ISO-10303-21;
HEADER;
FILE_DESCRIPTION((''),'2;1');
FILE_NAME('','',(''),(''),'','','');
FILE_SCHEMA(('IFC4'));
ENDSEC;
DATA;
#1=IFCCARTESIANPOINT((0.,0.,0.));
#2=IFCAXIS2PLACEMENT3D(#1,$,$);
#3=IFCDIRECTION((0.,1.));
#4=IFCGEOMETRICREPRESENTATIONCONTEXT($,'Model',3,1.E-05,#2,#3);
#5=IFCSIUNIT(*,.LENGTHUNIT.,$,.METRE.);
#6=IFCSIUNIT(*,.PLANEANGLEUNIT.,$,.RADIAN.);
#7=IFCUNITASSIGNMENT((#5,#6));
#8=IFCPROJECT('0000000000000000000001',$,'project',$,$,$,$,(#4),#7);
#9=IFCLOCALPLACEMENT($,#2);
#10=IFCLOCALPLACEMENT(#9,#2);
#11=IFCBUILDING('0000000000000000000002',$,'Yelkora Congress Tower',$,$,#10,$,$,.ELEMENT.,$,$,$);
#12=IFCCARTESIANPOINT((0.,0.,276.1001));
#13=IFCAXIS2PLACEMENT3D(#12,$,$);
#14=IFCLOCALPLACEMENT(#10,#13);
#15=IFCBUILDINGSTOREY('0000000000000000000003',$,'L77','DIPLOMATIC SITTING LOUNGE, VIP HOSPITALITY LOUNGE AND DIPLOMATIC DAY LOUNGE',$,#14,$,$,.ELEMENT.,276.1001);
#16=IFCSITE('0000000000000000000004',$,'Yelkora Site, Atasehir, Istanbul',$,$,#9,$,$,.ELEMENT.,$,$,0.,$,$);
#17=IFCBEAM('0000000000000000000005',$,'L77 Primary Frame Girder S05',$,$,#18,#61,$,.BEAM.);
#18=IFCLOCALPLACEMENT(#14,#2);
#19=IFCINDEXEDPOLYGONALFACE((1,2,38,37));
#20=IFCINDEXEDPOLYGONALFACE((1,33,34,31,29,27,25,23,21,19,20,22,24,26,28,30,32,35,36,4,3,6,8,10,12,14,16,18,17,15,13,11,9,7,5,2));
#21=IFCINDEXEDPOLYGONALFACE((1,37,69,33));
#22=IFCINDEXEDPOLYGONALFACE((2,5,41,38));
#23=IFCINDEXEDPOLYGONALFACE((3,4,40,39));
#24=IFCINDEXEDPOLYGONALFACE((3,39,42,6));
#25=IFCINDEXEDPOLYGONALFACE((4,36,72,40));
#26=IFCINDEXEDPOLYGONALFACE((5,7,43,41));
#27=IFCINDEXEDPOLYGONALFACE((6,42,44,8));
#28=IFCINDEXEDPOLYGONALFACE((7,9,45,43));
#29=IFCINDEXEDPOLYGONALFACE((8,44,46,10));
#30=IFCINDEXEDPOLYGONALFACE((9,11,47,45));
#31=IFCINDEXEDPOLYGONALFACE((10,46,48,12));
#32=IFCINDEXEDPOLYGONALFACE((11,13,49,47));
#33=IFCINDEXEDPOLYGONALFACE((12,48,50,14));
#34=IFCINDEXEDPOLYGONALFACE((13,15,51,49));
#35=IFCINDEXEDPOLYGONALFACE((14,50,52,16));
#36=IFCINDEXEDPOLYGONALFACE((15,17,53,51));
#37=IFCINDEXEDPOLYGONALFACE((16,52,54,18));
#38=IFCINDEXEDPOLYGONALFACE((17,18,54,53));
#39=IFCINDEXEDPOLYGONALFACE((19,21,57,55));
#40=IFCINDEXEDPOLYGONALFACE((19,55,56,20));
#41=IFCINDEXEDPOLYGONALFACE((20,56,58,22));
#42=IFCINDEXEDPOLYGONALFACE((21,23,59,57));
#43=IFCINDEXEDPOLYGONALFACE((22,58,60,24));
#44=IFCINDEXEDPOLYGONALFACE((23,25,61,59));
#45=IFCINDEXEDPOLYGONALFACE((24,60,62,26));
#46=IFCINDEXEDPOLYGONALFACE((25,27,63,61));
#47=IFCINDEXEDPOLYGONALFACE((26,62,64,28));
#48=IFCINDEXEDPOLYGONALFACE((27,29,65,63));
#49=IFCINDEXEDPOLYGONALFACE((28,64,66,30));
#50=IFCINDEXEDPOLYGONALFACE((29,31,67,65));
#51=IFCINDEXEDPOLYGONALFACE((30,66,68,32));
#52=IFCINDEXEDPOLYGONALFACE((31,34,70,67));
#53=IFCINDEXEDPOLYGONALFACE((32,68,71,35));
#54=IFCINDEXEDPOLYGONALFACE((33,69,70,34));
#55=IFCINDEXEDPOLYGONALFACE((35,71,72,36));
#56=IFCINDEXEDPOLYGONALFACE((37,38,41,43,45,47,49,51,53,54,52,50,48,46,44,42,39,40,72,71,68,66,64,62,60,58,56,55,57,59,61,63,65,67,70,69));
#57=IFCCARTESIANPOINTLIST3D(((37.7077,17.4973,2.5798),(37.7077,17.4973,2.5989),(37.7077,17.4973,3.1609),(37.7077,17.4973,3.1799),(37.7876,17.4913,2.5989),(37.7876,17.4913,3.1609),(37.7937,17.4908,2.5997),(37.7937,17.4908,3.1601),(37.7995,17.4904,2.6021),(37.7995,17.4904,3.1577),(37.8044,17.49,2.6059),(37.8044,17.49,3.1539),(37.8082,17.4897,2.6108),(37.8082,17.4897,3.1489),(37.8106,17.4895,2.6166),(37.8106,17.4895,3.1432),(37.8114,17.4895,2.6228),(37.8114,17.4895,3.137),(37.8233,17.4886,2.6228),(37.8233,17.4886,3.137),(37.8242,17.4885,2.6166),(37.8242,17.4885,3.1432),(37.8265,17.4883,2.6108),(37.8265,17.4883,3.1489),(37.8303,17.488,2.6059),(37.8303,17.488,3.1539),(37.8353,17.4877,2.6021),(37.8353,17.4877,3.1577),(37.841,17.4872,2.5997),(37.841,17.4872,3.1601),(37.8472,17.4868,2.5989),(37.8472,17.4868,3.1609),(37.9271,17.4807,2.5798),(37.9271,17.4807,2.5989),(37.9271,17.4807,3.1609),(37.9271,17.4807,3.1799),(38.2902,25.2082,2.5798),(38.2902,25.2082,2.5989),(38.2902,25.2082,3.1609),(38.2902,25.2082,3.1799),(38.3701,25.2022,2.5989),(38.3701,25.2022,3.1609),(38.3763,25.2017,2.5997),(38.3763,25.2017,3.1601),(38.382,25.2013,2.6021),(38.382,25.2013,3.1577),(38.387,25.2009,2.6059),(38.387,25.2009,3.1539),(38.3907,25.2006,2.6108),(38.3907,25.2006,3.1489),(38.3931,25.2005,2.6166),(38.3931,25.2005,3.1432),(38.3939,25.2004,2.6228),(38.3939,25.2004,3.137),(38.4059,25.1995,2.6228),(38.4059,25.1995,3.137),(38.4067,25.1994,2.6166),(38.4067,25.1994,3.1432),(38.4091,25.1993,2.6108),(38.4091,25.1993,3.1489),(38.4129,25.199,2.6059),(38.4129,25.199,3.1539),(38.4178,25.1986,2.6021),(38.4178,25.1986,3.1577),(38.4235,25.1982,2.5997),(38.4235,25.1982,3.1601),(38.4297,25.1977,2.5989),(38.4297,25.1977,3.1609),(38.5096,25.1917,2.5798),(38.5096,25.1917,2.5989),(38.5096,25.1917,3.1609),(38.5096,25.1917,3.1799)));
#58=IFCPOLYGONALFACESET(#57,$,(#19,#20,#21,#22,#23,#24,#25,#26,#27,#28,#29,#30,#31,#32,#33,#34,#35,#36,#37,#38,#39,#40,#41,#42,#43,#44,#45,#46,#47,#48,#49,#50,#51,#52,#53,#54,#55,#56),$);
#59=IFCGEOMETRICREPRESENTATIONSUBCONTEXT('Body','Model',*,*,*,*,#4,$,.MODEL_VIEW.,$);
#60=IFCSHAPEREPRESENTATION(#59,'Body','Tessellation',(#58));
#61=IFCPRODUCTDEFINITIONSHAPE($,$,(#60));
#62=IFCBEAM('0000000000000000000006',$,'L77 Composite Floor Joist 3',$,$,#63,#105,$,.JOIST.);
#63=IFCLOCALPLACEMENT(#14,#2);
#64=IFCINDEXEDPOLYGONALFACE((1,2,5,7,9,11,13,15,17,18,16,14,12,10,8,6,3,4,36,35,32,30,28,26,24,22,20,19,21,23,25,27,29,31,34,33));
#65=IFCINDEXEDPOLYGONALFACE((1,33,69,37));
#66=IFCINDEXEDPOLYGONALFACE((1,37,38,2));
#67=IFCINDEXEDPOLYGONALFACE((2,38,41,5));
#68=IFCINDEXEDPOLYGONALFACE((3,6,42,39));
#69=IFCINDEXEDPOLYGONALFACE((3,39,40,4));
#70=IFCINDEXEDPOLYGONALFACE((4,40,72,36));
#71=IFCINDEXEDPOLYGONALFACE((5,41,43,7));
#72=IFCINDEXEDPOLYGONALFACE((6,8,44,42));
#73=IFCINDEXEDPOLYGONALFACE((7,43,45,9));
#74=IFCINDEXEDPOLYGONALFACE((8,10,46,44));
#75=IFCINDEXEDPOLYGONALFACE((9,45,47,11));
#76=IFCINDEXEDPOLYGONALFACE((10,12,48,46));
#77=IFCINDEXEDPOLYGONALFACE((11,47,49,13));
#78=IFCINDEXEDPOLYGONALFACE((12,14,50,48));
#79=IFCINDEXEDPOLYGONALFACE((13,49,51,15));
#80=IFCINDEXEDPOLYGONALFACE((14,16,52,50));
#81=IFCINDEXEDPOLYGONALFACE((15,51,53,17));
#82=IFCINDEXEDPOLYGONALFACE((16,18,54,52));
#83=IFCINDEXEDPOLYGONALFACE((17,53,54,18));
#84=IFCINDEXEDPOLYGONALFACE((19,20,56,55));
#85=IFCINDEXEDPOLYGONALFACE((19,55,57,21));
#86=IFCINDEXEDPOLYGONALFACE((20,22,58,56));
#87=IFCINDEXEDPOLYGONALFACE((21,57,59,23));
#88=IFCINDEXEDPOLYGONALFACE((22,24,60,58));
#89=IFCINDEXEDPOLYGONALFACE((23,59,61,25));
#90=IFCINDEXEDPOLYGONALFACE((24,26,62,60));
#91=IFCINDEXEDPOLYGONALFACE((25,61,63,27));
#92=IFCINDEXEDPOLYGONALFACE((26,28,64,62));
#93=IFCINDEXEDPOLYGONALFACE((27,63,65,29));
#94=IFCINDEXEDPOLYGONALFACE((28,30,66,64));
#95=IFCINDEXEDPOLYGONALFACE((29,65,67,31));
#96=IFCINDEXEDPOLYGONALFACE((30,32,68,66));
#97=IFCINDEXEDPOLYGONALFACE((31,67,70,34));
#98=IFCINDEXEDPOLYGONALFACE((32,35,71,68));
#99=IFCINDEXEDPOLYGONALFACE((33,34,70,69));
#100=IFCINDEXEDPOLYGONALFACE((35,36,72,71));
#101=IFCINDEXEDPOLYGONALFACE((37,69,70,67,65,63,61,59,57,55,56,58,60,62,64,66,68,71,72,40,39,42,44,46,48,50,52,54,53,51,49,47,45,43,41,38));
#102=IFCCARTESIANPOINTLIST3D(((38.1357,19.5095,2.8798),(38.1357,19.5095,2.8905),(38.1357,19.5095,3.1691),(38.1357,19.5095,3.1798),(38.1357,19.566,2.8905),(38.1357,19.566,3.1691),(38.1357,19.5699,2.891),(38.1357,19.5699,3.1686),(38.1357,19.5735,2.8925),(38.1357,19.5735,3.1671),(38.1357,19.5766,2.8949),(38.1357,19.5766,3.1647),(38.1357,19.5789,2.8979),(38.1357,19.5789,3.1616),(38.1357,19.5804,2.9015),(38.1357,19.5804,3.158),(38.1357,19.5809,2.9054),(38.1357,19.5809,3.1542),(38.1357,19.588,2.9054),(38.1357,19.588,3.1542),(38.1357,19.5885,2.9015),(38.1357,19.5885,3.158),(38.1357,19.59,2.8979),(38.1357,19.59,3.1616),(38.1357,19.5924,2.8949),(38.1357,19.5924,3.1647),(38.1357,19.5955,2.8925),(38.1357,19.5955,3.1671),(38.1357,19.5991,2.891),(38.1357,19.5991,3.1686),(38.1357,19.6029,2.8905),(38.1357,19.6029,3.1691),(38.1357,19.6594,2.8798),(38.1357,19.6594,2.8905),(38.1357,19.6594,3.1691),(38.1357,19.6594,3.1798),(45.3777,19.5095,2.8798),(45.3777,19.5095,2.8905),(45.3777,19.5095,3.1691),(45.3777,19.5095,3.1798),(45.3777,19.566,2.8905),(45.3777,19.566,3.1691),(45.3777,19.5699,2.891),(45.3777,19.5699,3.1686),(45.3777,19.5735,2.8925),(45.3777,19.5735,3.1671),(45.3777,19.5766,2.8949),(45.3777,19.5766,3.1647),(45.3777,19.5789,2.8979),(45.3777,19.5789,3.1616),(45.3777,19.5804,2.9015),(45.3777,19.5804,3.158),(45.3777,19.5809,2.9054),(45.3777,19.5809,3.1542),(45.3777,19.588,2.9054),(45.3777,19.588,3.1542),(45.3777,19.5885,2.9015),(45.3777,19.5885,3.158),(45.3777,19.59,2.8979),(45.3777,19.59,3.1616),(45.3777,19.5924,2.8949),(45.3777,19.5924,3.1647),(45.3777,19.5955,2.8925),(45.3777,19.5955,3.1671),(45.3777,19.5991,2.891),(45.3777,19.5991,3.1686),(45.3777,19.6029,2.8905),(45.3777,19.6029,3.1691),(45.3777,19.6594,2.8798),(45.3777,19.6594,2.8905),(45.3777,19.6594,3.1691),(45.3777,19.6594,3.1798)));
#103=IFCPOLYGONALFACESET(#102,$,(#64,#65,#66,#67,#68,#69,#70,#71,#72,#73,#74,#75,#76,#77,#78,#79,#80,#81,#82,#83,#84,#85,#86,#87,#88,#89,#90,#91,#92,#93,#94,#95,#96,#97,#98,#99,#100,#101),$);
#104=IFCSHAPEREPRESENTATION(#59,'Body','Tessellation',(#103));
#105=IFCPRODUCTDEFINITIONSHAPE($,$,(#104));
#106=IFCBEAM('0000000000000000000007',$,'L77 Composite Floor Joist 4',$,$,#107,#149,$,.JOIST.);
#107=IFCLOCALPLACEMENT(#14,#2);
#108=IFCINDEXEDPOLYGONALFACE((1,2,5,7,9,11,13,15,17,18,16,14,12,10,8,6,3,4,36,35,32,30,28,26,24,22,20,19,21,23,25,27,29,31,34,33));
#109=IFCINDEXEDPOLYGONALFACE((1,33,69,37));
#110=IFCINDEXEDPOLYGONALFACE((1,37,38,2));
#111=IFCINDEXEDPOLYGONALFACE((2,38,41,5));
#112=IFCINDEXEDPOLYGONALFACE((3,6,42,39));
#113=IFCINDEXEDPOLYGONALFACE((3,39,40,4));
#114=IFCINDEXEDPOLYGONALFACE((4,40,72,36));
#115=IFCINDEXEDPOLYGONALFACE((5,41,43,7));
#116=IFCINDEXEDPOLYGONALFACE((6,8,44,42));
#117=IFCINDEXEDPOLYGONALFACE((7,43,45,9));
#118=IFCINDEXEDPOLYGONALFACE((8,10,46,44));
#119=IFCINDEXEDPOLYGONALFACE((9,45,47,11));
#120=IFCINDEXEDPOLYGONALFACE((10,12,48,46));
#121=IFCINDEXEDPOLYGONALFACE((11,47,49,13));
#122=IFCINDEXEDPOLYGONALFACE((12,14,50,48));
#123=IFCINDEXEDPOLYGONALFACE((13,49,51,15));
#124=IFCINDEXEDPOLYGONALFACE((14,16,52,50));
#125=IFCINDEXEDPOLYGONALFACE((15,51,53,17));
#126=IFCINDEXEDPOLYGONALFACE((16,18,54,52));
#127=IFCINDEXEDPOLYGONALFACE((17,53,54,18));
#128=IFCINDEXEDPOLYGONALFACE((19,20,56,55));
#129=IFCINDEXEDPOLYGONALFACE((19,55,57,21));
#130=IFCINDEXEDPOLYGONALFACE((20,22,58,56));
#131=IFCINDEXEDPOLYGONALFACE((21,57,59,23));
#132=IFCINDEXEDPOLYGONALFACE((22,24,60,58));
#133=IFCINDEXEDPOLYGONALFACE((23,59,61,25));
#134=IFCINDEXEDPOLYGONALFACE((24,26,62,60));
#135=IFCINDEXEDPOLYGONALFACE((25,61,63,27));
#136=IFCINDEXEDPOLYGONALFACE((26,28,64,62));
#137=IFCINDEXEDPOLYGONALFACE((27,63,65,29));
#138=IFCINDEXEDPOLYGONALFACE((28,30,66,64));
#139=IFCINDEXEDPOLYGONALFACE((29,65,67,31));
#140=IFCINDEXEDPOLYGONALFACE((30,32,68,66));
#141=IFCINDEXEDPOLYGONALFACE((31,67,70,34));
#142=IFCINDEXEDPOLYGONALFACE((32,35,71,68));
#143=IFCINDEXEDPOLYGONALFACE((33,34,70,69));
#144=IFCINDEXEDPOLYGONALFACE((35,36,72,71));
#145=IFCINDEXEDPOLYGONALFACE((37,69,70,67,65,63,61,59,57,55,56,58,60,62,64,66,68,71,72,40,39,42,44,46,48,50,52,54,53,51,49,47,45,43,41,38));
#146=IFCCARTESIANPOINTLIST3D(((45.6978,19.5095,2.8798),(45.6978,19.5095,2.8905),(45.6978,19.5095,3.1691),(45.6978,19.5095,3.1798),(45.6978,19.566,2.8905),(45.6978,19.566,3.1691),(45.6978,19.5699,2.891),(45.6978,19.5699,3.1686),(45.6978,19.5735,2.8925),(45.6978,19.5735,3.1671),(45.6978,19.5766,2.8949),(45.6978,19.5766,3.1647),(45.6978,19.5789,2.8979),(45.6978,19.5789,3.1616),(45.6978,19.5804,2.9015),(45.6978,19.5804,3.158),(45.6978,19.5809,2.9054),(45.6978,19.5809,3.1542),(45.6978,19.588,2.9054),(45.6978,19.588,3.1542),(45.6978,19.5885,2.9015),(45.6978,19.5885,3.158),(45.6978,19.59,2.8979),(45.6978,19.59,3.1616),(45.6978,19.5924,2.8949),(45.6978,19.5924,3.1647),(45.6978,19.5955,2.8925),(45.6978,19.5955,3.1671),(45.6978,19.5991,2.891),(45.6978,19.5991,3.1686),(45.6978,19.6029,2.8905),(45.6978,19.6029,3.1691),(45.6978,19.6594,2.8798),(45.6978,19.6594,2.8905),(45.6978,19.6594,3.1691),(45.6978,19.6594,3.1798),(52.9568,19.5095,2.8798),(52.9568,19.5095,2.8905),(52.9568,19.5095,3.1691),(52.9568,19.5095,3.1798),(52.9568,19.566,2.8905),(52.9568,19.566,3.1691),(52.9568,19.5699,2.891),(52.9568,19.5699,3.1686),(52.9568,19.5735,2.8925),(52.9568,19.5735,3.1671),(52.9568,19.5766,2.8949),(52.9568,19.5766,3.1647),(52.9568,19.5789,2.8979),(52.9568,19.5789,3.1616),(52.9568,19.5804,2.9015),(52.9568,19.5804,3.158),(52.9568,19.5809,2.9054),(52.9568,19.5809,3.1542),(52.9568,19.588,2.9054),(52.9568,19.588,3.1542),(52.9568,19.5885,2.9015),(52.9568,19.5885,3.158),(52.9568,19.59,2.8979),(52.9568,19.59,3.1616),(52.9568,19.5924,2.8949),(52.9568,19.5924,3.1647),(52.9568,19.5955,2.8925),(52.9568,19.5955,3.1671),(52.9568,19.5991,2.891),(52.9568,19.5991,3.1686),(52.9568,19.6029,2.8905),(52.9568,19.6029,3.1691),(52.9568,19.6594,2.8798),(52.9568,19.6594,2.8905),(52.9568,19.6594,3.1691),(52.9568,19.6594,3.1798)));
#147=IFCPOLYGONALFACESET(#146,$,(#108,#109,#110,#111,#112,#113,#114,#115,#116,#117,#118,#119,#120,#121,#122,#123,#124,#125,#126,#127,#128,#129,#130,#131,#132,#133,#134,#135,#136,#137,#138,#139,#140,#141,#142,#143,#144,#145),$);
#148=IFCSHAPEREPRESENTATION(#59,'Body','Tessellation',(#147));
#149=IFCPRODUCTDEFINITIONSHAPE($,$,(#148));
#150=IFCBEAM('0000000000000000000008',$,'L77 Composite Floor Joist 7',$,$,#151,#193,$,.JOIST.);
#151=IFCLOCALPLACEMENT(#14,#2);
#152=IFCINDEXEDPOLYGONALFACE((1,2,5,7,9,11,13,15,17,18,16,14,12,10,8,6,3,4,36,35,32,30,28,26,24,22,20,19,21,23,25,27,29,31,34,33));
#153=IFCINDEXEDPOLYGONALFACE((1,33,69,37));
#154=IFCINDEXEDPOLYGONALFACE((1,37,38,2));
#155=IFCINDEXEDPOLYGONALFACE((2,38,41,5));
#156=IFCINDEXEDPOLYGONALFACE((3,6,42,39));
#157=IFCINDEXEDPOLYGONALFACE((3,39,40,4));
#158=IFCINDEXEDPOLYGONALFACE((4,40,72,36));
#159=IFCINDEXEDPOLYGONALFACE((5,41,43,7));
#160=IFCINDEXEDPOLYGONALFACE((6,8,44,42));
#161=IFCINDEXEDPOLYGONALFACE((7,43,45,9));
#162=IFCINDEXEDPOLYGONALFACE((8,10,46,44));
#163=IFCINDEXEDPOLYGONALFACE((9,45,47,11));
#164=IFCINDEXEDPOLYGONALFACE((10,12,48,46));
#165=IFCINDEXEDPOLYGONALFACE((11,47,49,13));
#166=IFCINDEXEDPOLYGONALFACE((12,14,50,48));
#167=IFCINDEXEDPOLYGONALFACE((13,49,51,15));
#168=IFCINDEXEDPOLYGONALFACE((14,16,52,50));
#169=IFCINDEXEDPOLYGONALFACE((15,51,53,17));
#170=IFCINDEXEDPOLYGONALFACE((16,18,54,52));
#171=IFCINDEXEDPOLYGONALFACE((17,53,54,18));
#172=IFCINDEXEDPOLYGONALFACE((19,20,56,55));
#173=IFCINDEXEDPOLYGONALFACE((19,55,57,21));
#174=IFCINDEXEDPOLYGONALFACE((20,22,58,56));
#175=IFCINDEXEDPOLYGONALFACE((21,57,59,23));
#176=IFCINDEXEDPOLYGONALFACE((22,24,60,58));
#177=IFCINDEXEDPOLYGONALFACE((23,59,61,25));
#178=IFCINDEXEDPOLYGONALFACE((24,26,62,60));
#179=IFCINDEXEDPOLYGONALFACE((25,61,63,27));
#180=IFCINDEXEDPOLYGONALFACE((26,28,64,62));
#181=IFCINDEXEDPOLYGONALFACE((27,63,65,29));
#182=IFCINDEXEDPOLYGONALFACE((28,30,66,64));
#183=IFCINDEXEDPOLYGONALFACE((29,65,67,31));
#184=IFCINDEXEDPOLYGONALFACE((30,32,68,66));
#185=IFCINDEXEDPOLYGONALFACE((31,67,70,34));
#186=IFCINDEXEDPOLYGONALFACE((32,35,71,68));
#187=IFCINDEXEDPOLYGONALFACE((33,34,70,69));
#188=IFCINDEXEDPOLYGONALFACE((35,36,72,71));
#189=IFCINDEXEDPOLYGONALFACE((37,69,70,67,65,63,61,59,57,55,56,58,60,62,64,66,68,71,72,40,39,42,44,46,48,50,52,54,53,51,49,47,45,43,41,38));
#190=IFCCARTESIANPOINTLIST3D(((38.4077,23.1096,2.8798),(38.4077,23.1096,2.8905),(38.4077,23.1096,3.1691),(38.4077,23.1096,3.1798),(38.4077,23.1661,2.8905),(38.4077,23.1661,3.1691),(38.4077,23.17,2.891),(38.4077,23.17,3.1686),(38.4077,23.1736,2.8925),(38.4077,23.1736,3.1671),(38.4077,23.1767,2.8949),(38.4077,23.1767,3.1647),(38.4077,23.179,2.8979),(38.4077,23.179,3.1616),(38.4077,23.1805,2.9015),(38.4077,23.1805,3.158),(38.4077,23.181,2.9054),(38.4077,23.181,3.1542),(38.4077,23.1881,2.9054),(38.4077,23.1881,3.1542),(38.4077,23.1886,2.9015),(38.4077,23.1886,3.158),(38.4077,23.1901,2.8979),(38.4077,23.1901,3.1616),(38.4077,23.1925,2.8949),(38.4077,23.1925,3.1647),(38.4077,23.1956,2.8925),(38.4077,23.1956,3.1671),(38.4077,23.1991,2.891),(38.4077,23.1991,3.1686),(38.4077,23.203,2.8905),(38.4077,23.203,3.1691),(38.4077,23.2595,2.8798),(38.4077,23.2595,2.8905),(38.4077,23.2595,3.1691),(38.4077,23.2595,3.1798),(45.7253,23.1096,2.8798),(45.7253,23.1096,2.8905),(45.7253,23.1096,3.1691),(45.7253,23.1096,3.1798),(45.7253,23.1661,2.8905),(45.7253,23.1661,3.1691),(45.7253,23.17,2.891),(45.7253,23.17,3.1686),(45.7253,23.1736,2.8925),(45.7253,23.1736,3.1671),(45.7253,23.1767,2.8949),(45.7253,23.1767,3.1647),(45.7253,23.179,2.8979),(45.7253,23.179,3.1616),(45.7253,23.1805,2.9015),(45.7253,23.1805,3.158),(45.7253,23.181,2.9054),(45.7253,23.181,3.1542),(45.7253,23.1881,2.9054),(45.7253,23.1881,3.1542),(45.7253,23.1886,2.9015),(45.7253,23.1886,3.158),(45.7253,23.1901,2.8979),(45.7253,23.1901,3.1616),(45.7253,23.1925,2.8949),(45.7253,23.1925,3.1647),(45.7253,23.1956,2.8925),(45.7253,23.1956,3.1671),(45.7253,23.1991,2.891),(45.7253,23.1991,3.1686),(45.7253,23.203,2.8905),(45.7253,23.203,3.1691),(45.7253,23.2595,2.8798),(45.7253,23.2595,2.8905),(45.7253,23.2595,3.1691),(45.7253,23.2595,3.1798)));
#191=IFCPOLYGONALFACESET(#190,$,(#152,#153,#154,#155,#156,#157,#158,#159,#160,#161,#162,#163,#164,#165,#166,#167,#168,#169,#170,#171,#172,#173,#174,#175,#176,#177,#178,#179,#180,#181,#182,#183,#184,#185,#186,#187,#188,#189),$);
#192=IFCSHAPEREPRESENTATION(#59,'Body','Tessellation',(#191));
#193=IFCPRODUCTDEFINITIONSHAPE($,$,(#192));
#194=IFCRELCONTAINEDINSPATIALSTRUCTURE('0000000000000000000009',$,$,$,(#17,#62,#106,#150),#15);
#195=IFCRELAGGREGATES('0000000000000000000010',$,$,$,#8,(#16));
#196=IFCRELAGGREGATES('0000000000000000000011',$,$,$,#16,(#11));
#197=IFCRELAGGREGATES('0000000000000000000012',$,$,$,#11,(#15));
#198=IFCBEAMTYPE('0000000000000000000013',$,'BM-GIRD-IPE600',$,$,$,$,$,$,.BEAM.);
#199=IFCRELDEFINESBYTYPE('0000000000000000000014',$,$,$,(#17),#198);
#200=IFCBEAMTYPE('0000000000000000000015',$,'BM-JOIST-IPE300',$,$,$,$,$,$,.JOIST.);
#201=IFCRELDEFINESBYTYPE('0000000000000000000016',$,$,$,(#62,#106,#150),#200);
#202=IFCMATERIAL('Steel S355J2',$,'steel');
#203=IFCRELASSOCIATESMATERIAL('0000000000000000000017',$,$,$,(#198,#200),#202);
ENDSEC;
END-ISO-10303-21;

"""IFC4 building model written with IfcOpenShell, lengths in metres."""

from ifc_helpers import new_model, si_unit, direction, frame, origin, origin_2d, place, context, subcontext, project, spatial, i_section, extrude, material, material_profile, profile_set, type_object, element, save


model = new_model("IFC4")

# Units and contexts
model_context = context("Model", 3, precision=1e-05, world=origin(), true_north=direction((0.0, 1.0)))
body_context = subcontext(model_context, "Body", "Model", "MODEL_VIEW")
ifc_project = project(units=[si_unit("LENGTHUNIT", "METRE"), si_unit("PLANEANGLEUNIT", "RADIAN")], contexts=[model_context])

# Site, building, storey
site_placement = place(None, origin())
site = spatial("IfcSite", under=ifc_project, at=site_placement, Name="Yelkora Site, Atasehir, Istanbul", CompositionType="ELEMENT", RefElevation=0.0)
building_placement = place(site_placement, origin())
building = spatial("IfcBuilding", under=site, at=building_placement, Name="Yelkora Congress Tower", CompositionType="ELEMENT")
storey_placement = place(building_placement, frame((0.0, 0.0, 276.1001)))
storey = spatial("IfcBuildingStorey", under=building, at=storey_placement, Name="L77", Description="DIPLOMATIC SITTING LOUNGE, VIP HOSPITALITY LOUNGE AND DIPLOMATIC DAY LOUNGE", CompositionType="ELEMENT", Elevation=276.1001)

# Beams
ifc_material_1 = material(Name="Steel S355J2", Category="steel")
ifc_material_profile_1 = material_profile(ifc_material_1, i_section(OverallWidth=0.22, OverallDepth=0.6001, WebThickness=0.012, FlangeThickness=0.019, FilletRadius=0.0239, at=origin_2d()), Name="IPE 600")
ifc_profile_set_1 = profile_set([ifc_material_profile_1], Name="Steel S355J2")
beam_type_1 = type_object("IfcBeamType", Name="BM-GIRD-IPE600", PredefinedType="BEAM", material=ifc_profile_set_1)
beam_1_placement = place(storey_placement, frame((37.8174, 17.489, 2.8799), z_axis=(0.07533, 0.997159, 0.0), x_axis=(-0.997159, 0.07533, 0.0)))
element("IfcBeam", 1, at=beam_1_placement, inside=storey, type_object=beam_type_1, Name="L77 Primary Frame Girder S05", PredefinedType="BEAM", context=body_context, shape_type="SweptSolid", body=[
    extrude(i_section(OverallWidth=0.22, OverallDepth=0.6001, WebThickness=0.012, FlangeThickness=0.019, FilletRadius=0.0239, at=origin_2d()), origin(), (0.0, 0.0, 1.0), 7.7329),
])
ifc_material_profile_2 = material_profile(ifc_material_1, i_section(OverallWidth=0.1499, OverallDepth=0.3, WebThickness=0.0071, FlangeThickness=0.0107, FilletRadius=0.0149, at=origin_2d()), Name="IPE 300")
ifc_profile_set_2 = profile_set([ifc_material_profile_2], Name="Steel S355J2")
beam_type_2 = type_object("IfcBeamType", Name="BM-JOIST-IPE300", PredefinedType="JOIST", material=ifc_profile_set_2)
beam_2_placement = place(storey_placement, frame((38.1357, 19.5845, 3.0298), z_axis=(1.0, 0.0, 0.0), x_axis=(0.0, 1.0, 0.0)))
element("IfcBeam", 2, at=beam_2_placement, inside=storey, type_object=beam_type_2, Name="L77 Composite Floor Joist 3", PredefinedType="JOIST", context=body_context, shape_type="SweptSolid", body=[
    extrude(i_section(OverallWidth=0.1499, OverallDepth=0.3, WebThickness=0.0071, FlangeThickness=0.0107, FilletRadius=0.0149, at=origin_2d()), origin(), (0.0, 0.0, 1.0), 7.2419),
])
beam_3_placement = place(storey_placement, frame((45.6978, 19.5845, 3.0298), z_axis=(1.0, 0.0, 0.0), x_axis=(0.0, 1.0, 0.0)))
element("IfcBeam", 3, at=beam_3_placement, inside=storey, type_object=beam_type_2, Name="L77 Composite Floor Joist 4", PredefinedType="JOIST", context=body_context, shape_type="SweptSolid", body=[
    extrude(i_section(OverallWidth=0.1499, OverallDepth=0.3, WebThickness=0.0071, FlangeThickness=0.0107, FilletRadius=0.0149, at=origin_2d()), origin(), (0.0, 0.0, 1.0), 7.259),
])
beam_4_placement = place(storey_placement, frame((38.4077, 23.1846, 3.0298), z_axis=(1.0, 0.0, 0.0), x_axis=(0.0, 1.0, 0.0)))
element("IfcBeam", 4, at=beam_4_placement, inside=storey, type_object=beam_type_2, Name="L77 Composite Floor Joist 7", PredefinedType="JOIST", context=body_context, shape_type="SweptSolid", body=[
    extrude(i_section(OverallWidth=0.1499, OverallDepth=0.3, WebThickness=0.0071, FlangeThickness=0.0107, FilletRadius=0.0149, at=origin_2d()), origin(), (0.0, 0.0, 1.0), 7.3176),
])

save(model, "model.ifc")
